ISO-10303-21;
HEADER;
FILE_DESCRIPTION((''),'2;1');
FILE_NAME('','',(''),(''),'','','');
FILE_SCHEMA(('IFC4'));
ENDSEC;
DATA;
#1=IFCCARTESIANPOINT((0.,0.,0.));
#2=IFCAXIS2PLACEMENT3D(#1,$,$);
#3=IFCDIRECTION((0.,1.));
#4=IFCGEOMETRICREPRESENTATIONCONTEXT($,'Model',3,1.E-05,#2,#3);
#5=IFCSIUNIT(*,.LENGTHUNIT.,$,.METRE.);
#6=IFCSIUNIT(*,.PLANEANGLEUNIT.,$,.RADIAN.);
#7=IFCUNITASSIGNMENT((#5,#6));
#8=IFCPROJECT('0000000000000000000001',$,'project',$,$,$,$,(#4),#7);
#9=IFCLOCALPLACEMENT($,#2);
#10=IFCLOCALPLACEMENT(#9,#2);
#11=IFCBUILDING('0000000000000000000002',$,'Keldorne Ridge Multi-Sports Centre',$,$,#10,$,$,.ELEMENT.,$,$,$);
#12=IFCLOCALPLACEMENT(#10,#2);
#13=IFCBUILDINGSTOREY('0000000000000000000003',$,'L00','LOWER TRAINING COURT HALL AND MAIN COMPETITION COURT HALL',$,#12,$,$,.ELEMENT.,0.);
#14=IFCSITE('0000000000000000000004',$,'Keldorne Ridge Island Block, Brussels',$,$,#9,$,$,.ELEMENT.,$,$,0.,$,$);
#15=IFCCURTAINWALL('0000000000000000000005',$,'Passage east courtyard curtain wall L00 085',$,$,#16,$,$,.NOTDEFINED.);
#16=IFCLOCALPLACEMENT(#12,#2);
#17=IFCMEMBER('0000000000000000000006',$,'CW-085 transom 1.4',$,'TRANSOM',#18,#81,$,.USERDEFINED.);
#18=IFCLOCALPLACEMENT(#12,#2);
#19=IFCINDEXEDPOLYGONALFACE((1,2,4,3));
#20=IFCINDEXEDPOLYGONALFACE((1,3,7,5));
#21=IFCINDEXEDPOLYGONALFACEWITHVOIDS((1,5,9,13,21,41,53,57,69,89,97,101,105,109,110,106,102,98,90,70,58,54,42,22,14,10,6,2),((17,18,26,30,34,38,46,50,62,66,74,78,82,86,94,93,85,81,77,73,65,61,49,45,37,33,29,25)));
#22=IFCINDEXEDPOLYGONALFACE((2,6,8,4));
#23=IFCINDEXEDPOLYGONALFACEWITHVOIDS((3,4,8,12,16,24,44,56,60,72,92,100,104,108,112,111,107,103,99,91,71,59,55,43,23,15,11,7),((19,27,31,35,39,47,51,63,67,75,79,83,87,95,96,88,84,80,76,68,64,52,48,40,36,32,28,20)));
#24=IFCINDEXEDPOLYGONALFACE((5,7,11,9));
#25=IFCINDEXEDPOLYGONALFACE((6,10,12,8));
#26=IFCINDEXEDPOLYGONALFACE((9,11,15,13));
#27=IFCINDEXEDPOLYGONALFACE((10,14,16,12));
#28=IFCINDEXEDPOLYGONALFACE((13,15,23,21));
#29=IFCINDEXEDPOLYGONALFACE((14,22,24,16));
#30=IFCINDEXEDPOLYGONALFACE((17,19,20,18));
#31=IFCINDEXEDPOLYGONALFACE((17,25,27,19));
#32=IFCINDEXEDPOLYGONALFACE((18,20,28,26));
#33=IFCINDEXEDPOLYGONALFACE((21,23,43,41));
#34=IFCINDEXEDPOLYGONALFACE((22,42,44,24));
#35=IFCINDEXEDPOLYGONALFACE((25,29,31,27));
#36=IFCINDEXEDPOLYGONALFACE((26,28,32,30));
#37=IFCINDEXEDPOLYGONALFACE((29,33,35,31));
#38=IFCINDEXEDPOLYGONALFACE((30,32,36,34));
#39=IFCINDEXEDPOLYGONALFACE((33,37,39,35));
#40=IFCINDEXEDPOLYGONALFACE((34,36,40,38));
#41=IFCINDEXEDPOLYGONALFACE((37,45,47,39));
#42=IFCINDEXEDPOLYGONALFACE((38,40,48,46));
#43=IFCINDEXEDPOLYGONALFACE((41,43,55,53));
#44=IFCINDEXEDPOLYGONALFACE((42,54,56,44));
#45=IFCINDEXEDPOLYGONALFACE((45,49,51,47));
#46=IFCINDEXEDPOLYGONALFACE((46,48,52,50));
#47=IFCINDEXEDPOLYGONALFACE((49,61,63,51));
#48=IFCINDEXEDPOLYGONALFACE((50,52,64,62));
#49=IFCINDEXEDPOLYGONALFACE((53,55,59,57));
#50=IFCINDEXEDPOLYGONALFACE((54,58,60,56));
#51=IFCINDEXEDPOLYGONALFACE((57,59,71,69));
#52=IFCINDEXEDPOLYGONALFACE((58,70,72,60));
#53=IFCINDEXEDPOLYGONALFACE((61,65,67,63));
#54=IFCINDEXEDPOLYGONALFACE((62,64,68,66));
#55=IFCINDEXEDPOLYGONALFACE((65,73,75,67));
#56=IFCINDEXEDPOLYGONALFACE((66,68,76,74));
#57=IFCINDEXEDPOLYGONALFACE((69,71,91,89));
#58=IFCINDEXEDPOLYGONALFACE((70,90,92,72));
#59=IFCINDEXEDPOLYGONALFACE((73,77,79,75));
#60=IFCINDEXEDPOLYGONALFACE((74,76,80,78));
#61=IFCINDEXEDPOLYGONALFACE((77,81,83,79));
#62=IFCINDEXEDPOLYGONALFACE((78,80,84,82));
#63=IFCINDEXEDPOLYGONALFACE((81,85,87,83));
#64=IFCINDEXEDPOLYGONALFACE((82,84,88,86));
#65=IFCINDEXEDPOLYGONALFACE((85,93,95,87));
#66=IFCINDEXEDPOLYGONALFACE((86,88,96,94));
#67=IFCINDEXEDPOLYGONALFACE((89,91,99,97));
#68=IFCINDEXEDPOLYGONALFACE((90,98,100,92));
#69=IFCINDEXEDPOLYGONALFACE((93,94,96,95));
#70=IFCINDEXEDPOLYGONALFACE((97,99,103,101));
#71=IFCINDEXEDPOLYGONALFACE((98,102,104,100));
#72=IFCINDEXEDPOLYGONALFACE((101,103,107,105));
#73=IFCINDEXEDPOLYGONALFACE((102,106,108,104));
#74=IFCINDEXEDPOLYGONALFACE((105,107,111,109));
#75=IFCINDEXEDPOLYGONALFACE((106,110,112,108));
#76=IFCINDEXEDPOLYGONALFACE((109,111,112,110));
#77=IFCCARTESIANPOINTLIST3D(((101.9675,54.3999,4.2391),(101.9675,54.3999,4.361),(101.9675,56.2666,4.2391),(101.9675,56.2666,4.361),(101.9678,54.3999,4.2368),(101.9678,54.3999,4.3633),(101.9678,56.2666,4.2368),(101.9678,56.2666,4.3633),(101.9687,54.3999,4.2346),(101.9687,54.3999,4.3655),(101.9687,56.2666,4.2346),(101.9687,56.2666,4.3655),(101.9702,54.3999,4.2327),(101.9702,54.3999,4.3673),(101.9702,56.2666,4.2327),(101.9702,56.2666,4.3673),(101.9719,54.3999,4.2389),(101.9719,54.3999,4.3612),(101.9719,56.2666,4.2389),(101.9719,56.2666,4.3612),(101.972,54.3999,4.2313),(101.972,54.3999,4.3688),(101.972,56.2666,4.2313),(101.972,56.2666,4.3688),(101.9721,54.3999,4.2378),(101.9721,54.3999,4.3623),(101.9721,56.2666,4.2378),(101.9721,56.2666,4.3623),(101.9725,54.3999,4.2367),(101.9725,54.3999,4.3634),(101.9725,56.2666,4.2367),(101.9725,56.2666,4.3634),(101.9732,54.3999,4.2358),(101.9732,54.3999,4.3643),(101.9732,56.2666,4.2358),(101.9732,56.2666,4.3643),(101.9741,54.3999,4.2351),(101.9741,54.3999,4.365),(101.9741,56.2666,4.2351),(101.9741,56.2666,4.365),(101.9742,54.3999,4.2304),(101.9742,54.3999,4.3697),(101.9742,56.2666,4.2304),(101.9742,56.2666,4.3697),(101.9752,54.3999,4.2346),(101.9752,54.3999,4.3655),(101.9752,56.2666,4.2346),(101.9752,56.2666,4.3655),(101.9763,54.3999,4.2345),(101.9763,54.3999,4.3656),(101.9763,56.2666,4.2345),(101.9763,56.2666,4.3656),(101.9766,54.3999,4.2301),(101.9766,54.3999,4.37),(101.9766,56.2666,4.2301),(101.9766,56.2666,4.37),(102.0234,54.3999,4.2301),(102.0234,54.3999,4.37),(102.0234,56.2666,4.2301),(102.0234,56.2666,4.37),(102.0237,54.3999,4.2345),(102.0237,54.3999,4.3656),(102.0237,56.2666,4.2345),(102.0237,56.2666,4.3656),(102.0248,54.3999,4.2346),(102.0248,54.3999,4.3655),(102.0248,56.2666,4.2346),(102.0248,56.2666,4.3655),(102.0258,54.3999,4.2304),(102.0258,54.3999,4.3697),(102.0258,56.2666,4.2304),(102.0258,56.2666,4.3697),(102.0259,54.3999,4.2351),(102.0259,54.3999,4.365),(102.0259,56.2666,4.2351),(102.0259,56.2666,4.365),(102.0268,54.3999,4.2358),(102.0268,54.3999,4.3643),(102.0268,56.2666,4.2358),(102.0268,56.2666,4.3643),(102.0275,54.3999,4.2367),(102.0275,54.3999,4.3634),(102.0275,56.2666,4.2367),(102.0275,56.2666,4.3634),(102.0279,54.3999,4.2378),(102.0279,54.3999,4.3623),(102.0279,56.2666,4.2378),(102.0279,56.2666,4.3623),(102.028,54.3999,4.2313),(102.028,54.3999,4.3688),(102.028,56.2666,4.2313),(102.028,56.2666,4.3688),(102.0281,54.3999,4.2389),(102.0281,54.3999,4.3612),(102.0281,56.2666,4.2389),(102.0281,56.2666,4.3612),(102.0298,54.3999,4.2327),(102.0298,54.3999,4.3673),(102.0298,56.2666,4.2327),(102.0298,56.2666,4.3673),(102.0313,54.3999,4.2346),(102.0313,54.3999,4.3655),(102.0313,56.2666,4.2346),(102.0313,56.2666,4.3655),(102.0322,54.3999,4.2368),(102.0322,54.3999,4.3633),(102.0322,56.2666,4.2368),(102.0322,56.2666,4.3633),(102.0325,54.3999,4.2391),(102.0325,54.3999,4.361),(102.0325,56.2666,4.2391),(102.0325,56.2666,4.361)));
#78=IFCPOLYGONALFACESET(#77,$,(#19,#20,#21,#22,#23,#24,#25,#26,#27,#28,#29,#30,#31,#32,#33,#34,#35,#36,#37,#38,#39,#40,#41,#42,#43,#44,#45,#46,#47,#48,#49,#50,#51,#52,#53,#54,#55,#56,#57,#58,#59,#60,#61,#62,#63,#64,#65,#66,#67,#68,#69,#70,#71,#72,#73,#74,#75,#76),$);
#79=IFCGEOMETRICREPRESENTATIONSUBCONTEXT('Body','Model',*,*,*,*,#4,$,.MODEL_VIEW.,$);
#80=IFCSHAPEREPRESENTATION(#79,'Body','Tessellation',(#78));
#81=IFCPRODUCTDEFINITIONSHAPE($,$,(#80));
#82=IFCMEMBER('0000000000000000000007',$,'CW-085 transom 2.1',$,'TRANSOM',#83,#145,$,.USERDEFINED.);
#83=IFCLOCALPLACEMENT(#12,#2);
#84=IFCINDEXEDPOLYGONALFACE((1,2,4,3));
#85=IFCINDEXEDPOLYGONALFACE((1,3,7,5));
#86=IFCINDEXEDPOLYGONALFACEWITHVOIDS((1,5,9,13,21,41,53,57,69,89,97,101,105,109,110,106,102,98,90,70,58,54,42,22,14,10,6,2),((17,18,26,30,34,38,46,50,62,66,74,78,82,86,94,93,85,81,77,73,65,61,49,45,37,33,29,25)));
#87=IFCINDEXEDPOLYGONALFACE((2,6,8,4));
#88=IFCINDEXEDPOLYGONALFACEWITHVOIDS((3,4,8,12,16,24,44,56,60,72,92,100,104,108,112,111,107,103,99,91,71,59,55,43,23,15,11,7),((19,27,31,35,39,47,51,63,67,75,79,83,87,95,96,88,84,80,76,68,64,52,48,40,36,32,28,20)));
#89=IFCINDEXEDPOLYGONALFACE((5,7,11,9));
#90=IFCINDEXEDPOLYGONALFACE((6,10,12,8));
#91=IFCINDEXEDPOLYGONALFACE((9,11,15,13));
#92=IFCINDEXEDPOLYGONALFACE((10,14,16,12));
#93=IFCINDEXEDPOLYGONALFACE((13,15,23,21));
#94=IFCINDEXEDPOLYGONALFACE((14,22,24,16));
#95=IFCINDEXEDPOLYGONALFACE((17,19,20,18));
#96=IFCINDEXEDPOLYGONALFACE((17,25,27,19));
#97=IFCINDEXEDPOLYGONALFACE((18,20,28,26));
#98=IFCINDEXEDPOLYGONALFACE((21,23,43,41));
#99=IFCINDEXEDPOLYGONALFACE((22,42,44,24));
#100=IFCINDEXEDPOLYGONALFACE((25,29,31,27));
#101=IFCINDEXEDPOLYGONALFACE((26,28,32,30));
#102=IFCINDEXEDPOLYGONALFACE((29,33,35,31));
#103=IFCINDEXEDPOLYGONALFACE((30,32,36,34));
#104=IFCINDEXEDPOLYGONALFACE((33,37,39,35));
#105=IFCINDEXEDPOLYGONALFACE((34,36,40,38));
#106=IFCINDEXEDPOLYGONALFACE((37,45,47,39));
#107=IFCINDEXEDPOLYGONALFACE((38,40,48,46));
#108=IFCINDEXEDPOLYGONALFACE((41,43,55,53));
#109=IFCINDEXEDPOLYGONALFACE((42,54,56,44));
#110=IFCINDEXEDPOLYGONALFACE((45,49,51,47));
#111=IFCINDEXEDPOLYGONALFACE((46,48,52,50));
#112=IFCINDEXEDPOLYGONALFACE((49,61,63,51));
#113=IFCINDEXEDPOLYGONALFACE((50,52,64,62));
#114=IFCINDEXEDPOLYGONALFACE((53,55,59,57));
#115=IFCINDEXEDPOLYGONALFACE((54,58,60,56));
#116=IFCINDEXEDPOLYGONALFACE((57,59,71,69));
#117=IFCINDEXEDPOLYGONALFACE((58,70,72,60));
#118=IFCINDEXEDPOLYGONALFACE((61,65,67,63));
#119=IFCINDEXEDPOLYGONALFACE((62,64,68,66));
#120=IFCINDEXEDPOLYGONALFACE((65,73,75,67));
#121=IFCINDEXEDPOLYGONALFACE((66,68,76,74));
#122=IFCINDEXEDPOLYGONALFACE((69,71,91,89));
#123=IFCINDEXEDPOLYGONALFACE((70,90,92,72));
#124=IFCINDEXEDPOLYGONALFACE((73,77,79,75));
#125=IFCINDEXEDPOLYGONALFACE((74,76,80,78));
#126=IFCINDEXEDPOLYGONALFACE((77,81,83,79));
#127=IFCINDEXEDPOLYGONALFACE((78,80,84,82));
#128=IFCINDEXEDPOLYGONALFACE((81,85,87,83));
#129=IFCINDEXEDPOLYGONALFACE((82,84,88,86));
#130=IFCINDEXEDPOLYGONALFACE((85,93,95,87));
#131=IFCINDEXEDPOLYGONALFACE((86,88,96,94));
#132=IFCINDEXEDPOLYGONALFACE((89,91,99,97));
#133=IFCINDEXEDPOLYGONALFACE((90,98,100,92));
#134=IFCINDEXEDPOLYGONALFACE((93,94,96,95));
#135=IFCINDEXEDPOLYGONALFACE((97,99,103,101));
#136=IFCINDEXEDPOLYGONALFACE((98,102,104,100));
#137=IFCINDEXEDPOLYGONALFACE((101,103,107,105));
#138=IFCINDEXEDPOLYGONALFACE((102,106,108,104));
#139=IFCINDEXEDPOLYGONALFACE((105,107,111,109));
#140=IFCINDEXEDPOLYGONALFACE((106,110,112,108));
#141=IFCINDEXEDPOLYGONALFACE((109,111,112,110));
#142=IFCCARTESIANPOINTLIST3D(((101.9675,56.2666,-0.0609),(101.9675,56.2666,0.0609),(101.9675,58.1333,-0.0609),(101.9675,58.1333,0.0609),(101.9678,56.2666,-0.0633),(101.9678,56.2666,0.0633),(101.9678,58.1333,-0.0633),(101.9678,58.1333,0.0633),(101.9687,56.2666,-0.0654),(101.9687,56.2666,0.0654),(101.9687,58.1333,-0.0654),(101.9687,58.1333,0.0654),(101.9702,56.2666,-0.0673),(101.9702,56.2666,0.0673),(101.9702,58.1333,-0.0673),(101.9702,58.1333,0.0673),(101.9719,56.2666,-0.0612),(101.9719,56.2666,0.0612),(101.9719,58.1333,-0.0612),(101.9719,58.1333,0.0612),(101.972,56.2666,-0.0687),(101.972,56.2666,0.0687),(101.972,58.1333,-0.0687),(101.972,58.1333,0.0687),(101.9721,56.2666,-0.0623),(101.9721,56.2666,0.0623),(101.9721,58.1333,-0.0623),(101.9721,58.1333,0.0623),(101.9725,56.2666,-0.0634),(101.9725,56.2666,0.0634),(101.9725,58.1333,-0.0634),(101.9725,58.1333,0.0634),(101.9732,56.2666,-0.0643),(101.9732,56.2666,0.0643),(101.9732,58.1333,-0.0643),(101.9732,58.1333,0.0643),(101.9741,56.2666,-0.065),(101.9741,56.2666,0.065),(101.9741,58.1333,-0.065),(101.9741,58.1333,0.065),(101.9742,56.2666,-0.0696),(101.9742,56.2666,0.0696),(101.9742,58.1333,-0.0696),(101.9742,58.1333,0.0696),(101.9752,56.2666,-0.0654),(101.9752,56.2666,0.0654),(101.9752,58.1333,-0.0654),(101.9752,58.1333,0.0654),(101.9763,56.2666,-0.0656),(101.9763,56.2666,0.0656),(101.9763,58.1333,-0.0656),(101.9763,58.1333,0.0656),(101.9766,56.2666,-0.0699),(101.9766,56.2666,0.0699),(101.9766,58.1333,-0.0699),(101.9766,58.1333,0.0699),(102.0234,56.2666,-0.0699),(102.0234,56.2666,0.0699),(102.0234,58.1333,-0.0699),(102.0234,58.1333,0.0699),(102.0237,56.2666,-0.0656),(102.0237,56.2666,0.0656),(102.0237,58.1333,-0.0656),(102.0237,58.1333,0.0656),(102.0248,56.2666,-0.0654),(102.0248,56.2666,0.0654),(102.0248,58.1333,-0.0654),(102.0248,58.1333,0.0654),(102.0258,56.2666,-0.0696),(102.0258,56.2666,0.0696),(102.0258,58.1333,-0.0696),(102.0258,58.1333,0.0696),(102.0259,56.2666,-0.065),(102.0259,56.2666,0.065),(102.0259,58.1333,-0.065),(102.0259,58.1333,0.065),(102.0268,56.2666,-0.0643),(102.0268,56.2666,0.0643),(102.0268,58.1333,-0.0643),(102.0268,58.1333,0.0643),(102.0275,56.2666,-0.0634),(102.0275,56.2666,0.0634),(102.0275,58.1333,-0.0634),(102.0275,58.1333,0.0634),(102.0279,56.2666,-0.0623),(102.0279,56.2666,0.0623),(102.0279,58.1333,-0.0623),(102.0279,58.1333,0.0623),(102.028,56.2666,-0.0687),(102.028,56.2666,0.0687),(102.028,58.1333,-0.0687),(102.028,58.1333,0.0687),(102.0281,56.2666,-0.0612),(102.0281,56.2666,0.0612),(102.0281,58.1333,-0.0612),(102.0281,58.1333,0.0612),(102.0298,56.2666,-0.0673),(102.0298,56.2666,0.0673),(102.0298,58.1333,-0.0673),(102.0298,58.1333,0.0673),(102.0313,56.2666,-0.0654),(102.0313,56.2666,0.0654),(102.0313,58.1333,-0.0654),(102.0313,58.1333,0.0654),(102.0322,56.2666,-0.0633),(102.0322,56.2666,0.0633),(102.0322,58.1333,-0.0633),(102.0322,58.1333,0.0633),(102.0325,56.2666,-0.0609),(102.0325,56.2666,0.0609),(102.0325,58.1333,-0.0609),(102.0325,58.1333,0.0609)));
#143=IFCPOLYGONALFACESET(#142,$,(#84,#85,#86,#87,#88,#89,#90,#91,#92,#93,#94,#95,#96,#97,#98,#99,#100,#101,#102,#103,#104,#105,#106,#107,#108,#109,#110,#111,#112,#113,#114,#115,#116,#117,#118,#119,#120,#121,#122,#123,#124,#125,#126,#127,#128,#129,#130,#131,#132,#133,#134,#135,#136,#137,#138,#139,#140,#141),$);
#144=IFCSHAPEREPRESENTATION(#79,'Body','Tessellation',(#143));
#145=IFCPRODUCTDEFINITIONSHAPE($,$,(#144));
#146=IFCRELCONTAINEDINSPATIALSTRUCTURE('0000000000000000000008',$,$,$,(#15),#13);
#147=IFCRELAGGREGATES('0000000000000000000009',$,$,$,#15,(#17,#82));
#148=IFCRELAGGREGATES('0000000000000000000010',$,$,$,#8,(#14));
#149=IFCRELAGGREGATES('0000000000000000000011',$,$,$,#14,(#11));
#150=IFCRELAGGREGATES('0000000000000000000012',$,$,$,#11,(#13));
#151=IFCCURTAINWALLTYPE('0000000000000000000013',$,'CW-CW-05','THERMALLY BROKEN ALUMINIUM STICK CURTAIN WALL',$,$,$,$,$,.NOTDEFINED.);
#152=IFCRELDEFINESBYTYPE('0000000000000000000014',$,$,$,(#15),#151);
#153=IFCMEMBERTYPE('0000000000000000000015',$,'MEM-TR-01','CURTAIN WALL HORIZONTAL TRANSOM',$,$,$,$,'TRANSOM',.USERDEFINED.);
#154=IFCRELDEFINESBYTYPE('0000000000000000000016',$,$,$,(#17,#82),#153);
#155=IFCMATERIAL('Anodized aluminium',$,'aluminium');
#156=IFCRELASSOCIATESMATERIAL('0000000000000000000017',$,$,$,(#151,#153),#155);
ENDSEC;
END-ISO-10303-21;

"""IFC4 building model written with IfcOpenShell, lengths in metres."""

from ifc_helpers import new_model, si_unit, direction, frame, origin, origin_2d, place, context, subcontext, project, spatial, hollow_rectangle, extrude, material, material_profile, profile_set, type_object, element, aggregate, save


model = new_model("IFC4")

# Units and contexts
model_context = context("Model", 3, precision=1e-05, world=origin(), true_north=direction((0.0, 1.0)))
body_context = subcontext(model_context, "Body", "Model", "MODEL_VIEW")
ifc_project = project(units=[si_unit("LENGTHUNIT", "METRE"), si_unit("PLANEANGLEUNIT", "RADIAN")], contexts=[model_context])

# Site, building, storey
site_placement = place(None, origin())
site = spatial("IfcSite", under=ifc_project, at=site_placement, Name="Keldorne Ridge Island Block, Brussels", CompositionType="ELEMENT", RefElevation=0.0)
building_placement = place(site_placement, origin())
building = spatial("IfcBuilding", under=site, at=building_placement, Name="Keldorne Ridge Multi-Sports Centre", CompositionType="ELEMENT")
storey_placement = place(building_placement, origin())
storey = spatial("IfcBuildingStorey", under=building, at=storey_placement, Name="L00", Description="LOWER TRAINING COURT HALL AND MAIN COMPETITION COURT HALL", CompositionType="ELEMENT", Elevation=0.0)

# Curtain wall, members
ifc_material_1 = material(Name="Anodized aluminium", Category="aluminium")
curtain_wall_type = type_object("IfcCurtainWallType", Name="CW-CW-05", Description="THERMALLY BROKEN ALUMINIUM STICK CURTAIN WALL", PredefinedType="NOTDEFINED", material=ifc_material_1)
curtain_wall_placement = place(storey_placement, origin())
curtain_wall = element("IfcCurtainWall", 1, at=curtain_wall_placement, inside=storey, type_object=curtain_wall_type, Name="Passage east courtyard curtain wall L00 085", PredefinedType="NOTDEFINED")
ifc_material_profile_1 = material_profile(ifc_material_1, hollow_rectangle(XDim=0.0649, YDim=0.1399, WallThickness=0.0044, InnerFilletRadius=0.0044, OuterFilletRadius=0.009, at=origin_2d()), Name="ALU TRANSOM 140x65x4.5")
ifc_profile_set_1 = profile_set([ifc_material_profile_1], Name="Anodized aluminium")
member_type_1 = type_object("IfcMemberType", Name="MEM-TR-01", Description="CURTAIN WALL HORIZONTAL TRANSOM", ElementType="TRANSOM", PredefinedType="USERDEFINED", material=ifc_profile_set_1)
member_1_placement = place(storey_placement, frame((102.0, 54.3999, 4.3), z_axis=(0.0, 1.0, 0.0), x_axis=(-1.0, 0.0, 0.0)))
member_1 = element("IfcMember", 2, at=member_1_placement, type_object=member_type_1, Name="CW-085 transom 1.4", ObjectType="TRANSOM", PredefinedType="USERDEFINED", context=body_context, shape_type="SweptSolid", body=[
    extrude(hollow_rectangle(XDim=0.0649, YDim=0.1399, WallThickness=0.0044, InnerFilletRadius=0.0044, OuterFilletRadius=0.009, at=origin_2d()), origin(), (0.0, 0.0, 1.0), 1.8667),
])
member_2_placement = place(storey_placement, frame((102.0, 56.2666, 0.0), z_axis=(0.0, 1.0, 0.0), x_axis=(-1.0, 0.0, 0.0)))
member_2 = element("IfcMember", 3, at=member_2_placement, type_object=member_type_1, Name="CW-085 transom 2.1", ObjectType="TRANSOM", PredefinedType="USERDEFINED", context=body_context, shape_type="SweptSolid", body=[
    extrude(hollow_rectangle(XDim=0.0649, YDim=0.1399, WallThickness=0.0044, InnerFilletRadius=0.0044, OuterFilletRadius=0.009, at=origin_2d()), origin(), (0.0, 0.0, 1.0), 1.8667),
])
aggregate(curtain_wall, [member_1, member_2])

save(model, "model.ifc")
